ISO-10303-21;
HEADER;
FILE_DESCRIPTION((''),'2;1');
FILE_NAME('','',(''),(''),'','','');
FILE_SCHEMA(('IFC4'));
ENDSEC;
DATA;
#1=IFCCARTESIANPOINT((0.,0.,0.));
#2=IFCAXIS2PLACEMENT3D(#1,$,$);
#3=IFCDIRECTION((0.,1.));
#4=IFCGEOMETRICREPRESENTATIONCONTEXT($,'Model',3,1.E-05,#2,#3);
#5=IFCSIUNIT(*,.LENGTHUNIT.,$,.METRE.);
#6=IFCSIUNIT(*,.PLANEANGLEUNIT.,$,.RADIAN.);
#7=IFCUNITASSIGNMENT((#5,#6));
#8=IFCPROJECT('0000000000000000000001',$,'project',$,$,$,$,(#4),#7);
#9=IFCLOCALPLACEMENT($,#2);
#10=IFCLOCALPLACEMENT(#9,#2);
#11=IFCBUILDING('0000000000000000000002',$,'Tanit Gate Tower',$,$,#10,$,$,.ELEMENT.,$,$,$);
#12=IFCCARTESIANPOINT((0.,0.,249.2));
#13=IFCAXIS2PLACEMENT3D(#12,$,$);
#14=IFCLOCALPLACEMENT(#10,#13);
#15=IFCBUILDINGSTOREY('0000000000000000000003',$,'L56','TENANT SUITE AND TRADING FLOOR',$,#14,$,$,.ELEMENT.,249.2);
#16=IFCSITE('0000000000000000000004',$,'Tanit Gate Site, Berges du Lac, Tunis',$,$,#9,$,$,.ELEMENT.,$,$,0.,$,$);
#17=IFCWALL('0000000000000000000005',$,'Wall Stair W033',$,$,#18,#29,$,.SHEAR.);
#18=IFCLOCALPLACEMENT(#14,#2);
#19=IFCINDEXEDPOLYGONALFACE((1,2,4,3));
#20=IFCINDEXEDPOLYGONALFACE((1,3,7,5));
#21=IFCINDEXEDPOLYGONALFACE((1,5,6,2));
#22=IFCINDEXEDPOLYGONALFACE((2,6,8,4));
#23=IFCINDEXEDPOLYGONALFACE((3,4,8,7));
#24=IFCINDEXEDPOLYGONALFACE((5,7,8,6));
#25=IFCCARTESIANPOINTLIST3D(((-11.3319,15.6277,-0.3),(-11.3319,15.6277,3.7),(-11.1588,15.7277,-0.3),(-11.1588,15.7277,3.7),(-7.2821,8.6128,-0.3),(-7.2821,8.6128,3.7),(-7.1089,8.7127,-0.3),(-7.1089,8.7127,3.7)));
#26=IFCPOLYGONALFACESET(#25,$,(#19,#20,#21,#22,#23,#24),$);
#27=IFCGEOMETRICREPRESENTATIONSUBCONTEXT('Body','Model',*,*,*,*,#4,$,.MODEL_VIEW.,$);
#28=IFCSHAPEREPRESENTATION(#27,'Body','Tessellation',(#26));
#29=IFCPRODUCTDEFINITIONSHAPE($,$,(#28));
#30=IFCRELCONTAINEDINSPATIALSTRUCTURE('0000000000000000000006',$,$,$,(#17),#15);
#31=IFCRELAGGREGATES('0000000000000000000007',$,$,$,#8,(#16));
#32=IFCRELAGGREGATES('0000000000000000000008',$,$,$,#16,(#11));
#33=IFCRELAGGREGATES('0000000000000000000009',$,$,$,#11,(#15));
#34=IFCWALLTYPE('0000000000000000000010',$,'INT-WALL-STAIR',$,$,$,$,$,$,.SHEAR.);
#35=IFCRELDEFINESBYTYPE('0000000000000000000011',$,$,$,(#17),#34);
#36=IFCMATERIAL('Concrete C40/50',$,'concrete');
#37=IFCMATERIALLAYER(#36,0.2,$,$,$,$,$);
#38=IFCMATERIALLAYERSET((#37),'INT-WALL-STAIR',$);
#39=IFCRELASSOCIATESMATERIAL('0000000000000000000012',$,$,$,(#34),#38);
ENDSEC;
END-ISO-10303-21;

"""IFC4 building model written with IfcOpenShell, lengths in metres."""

from ifc_helpers import new_model, si_unit, direction, frame, frame_2d, origin, place, context, subcontext, project, spatial, rectangle, extrude, material, layer, layer_set, type_object, element, save


model = new_model("IFC4")

# Units and contexts
model_context = context("Model", 3, precision=1e-05, world=origin(), true_north=direction((0.0, 1.0)))
body_context = subcontext(model_context, "Body", "Model", "MODEL_VIEW")
ifc_project = project(units=[si_unit("LENGTHUNIT", "METRE"), si_unit("PLANEANGLEUNIT", "RADIAN")], contexts=[model_context])

# Site, building, storey
site_placement = place(None, origin())
site = spatial("IfcSite", under=ifc_project, at=site_placement, Name="Tanit Gate Site, Berges du Lac, Tunis", CompositionType="ELEMENT", RefElevation=0.0)
building_placement = place(site_placement, origin())
building = spatial("IfcBuilding", under=site, at=building_placement, Name="Tanit Gate Tower", CompositionType="ELEMENT")
storey_placement = place(building_placement, frame((0.0, 0.0, 249.2)))
storey = spatial("IfcBuildingStorey", under=building, at=storey_placement, Name="L56", Description="TENANT SUITE AND TRADING FLOOR", CompositionType="ELEMENT", Elevation=249.2)

# Wall
ifc_material_1 = material(Name="Concrete C40/50", Category="concrete")
ifc_layer_1 = layer(ifc_material_1, 0.2)
ifc_layer_set_1 = layer_set([ifc_layer_1], Name="INT-WALL-STAIR")
wall_type_1 = type_object("IfcWallType", Name="INT-WALL-STAIR", PredefinedType="SHEAR", material=ifc_layer_set_1)
wall_1_placement = place(storey_placement, frame((-11.2454, 15.6777, -0.3), z_axis=(0.0, 0.0, 1.0), x_axis=(0.499977, -0.866039, 0.0)))
element("IfcWall", 1, at=wall_1_placement, inside=storey, type_object=wall_type_1, Name="Wall Stair W033", PredefinedType="SHEAR", context=body_context, shape_type="SweptSolid", body=[
    extrude(rectangle(XDim=8.1001, YDim=0.2, at=frame_2d((4.05, 0.0))), origin(), (0.0, 0.0, 1.0), 4.0),
])

save(model, "model.ifc")
